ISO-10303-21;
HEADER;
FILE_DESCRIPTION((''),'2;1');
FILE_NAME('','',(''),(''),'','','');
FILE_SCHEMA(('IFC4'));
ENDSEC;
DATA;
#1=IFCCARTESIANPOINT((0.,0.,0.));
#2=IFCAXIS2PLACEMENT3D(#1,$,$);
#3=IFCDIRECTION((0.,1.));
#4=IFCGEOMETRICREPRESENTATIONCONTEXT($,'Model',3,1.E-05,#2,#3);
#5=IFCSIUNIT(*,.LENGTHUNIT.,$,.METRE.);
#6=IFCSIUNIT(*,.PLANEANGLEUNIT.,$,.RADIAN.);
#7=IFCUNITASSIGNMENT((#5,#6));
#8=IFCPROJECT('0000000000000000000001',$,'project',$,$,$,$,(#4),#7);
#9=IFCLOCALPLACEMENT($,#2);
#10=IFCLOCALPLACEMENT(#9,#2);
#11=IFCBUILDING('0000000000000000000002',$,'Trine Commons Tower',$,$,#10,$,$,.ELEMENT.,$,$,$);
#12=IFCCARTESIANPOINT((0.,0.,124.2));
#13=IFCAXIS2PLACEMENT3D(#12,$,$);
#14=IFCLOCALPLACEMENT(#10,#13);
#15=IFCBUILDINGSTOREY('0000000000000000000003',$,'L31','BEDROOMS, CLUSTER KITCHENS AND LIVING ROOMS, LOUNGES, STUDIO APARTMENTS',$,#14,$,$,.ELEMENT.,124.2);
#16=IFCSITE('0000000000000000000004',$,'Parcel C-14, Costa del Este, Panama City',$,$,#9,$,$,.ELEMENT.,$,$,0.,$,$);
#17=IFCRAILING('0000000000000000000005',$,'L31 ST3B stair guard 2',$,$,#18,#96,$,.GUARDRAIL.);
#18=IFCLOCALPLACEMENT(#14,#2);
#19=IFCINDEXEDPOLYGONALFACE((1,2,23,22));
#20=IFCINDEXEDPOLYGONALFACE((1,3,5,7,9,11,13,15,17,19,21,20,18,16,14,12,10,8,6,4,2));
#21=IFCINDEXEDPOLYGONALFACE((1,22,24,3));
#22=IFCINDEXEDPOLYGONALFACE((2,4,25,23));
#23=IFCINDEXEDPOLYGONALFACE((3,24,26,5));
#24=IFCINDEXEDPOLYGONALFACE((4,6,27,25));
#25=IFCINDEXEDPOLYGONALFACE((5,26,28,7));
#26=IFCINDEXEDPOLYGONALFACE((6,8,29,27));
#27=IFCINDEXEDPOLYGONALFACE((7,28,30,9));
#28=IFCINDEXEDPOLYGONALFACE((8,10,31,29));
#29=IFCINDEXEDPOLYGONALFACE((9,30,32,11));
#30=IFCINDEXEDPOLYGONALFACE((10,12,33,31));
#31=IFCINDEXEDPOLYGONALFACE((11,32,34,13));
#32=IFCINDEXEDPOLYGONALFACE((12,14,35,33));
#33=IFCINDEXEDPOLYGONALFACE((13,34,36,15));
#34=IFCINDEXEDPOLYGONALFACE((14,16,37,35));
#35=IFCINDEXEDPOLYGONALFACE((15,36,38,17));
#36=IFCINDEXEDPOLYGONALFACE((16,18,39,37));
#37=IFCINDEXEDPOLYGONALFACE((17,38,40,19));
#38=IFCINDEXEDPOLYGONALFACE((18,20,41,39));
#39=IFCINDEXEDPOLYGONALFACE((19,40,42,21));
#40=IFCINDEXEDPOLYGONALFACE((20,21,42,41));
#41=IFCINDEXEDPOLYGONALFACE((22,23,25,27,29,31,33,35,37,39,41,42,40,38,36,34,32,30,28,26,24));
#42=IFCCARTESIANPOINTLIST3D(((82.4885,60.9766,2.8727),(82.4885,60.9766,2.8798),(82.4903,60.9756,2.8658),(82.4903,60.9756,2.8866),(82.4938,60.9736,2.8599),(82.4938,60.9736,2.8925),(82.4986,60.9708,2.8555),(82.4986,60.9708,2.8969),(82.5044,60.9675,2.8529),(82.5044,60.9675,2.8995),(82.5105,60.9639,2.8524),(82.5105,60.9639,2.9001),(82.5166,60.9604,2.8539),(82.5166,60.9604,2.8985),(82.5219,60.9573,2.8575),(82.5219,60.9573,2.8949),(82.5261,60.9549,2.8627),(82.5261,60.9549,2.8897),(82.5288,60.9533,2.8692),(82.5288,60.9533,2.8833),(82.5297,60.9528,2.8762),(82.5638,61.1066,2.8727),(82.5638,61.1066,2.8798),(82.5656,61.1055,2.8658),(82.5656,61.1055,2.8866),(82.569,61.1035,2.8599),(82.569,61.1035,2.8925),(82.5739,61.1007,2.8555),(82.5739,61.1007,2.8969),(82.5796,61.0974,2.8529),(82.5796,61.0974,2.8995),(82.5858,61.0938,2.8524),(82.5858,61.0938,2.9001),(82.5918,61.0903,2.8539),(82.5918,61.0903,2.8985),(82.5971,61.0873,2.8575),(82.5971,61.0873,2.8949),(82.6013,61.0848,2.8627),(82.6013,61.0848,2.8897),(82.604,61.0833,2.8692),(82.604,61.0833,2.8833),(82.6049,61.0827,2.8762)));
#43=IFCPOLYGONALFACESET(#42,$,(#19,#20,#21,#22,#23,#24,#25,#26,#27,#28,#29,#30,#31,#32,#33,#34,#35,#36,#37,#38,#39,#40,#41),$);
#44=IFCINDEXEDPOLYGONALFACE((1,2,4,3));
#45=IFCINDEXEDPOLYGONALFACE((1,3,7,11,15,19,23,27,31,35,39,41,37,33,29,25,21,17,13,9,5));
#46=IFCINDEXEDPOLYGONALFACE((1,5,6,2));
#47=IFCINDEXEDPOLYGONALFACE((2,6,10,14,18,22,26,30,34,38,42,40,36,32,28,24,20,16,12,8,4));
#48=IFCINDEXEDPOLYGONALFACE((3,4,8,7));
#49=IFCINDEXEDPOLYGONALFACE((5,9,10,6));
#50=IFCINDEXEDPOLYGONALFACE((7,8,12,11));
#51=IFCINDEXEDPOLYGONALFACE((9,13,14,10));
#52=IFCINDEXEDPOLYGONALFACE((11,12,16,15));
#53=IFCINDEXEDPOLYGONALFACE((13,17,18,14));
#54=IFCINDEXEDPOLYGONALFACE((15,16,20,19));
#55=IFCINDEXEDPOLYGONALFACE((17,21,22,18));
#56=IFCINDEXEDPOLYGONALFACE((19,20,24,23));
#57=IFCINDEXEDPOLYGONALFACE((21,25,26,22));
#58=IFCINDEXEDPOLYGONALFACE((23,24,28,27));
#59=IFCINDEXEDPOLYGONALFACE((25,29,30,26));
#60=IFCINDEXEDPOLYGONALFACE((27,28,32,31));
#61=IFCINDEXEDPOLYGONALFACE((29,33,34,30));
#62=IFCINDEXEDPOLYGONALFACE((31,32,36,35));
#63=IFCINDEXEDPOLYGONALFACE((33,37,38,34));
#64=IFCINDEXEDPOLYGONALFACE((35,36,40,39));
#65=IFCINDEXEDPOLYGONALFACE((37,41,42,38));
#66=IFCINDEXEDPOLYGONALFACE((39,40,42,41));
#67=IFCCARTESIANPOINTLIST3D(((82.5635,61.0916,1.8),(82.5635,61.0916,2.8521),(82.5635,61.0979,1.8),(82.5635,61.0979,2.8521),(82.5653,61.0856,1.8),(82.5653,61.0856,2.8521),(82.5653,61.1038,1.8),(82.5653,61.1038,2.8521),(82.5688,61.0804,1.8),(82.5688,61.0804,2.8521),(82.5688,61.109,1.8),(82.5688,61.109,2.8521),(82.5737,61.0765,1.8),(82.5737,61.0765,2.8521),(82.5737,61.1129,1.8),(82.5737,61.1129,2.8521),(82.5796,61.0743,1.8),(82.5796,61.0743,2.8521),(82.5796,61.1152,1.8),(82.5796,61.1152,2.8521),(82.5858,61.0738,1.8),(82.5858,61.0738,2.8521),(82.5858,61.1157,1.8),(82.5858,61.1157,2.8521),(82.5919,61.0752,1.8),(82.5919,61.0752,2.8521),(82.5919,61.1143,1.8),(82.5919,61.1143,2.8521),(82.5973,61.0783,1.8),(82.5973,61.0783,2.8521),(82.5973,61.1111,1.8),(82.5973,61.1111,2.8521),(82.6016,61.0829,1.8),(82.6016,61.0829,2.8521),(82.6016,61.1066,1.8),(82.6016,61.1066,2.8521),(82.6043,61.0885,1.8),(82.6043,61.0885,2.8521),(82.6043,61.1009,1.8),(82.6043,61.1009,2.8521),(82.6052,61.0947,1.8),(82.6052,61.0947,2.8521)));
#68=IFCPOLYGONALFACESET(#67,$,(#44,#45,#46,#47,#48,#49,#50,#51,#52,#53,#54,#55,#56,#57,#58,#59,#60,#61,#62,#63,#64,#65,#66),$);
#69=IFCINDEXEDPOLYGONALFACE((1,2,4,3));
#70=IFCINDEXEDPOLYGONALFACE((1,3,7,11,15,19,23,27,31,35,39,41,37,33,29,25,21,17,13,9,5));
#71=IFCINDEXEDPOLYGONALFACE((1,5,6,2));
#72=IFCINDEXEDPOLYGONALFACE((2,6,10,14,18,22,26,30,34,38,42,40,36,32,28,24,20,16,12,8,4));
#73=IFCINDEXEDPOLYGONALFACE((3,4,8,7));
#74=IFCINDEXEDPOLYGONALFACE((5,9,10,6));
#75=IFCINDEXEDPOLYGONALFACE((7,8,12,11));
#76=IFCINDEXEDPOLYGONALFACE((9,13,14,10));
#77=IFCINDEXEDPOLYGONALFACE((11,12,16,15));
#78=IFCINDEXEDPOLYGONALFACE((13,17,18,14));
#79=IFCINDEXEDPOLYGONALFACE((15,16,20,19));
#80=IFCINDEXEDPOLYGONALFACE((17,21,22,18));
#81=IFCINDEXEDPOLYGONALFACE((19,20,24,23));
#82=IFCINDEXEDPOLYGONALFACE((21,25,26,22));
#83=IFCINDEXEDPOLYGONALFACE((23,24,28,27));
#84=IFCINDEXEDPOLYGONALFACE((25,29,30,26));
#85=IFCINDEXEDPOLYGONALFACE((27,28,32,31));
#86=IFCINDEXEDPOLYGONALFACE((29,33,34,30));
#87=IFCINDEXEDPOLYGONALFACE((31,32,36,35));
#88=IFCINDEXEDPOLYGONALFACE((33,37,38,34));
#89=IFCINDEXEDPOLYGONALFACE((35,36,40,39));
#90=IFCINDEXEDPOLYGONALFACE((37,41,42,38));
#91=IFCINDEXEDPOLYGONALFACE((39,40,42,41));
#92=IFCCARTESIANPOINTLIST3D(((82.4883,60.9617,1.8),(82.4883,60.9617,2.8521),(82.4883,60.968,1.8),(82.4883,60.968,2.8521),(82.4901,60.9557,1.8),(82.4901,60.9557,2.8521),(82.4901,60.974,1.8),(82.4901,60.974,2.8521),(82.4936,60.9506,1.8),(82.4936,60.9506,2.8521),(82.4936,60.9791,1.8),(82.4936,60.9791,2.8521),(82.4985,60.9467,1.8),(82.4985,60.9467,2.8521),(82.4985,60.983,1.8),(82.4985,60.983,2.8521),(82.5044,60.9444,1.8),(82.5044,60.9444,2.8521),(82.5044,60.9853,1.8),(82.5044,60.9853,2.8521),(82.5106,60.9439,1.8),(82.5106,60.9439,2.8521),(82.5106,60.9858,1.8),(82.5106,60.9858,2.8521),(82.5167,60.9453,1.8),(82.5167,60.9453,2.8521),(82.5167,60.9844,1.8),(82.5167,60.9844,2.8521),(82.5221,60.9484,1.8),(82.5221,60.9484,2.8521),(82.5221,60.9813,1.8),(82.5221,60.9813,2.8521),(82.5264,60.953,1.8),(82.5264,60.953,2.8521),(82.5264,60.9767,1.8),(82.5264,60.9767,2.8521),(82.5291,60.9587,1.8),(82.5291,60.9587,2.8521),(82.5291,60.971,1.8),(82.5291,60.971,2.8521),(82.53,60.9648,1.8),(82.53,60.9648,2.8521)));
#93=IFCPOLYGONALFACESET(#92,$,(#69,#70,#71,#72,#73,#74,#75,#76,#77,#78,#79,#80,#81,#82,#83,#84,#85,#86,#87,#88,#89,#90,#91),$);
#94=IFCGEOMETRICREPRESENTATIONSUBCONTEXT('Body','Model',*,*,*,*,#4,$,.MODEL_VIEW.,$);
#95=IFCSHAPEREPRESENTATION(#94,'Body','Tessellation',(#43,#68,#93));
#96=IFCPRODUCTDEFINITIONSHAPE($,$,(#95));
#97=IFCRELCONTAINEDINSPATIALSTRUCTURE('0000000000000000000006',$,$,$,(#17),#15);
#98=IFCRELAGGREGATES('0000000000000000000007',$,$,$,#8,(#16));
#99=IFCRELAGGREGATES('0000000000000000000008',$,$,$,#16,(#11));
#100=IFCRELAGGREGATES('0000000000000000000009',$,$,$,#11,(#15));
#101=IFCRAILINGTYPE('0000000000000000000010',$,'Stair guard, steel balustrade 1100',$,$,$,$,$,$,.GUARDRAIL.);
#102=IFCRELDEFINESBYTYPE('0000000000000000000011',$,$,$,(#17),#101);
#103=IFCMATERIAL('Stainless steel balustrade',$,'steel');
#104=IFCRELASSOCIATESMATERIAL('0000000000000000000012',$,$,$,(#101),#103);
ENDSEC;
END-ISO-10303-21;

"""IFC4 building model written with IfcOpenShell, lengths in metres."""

from ifc_helpers import new_model, si_unit, direction, frame, origin, origin_2d, place, context, subcontext, project, spatial, circle, extrude, material, type_object, element, save


model = new_model("IFC4")

# Units and contexts
model_context = context("Model", 3, precision=1e-05, world=origin(), true_north=direction((0.0, 1.0)))
body_context = subcontext(model_context, "Body", "Model", "MODEL_VIEW")
ifc_project = project(units=[si_unit("LENGTHUNIT", "METRE"), si_unit("PLANEANGLEUNIT", "RADIAN")], contexts=[model_context])

# Site, building, storey
site_placement = place(None, origin())
site = spatial("IfcSite", under=ifc_project, at=site_placement, Name="Parcel C-14, Costa del Este, Panama City", CompositionType="ELEMENT", RefElevation=0.0)
building_placement = place(site_placement, origin())
building = spatial("IfcBuilding", under=site, at=building_placement, Name="Trine Commons Tower", CompositionType="ELEMENT")
storey_placement = place(building_placement, frame((0.0, 0.0, 124.2)))
storey = spatial("IfcBuildingStorey", under=building, at=storey_placement, Name="L31", Description="BEDROOMS, CLUSTER KITCHENS AND LIVING ROOMS, LOUNGES, STUDIO APARTMENTS", CompositionType="ELEMENT", Elevation=124.2)

# Railing
ifc_material_1 = material(Name="Stainless steel balustrade", Category="steel")
railing_type_1 = type_object("IfcRailingType", Name="Stair guard, steel balustrade 1100", PredefinedType="GUARDRAIL", material=ifc_material_1)
railing_1_placement = place(storey_placement, frame((82.5842, 61.0947, 1.8)))
element("IfcRailing", 1, at=railing_1_placement, inside=storey, type_object=railing_type_1, Name="L31 ST3B stair guard 2", PredefinedType="GUARDRAIL", context=body_context, shape_type="SweptSolid", body=[
    extrude(circle(Radius=0.0239, at=origin_2d()), frame((0.0, 0.0, 1.0762), z_axis=(-0.501036, -0.865426, 0.0), x_axis=(0.865426, -0.501036, 0.0)), (0.0, 0.0, 1.0), 0.1501),
    extrude(circle(Radius=0.021, at=origin_2d()), origin(), (0.0, 0.0, 1.0), 1.052),
    extrude(circle(Radius=0.021, at=origin_2d()), frame((-0.0752, -0.1299, 0.0)), (0.0, 0.0, 1.0), 1.052),
])

save(model, "model.ifc")
